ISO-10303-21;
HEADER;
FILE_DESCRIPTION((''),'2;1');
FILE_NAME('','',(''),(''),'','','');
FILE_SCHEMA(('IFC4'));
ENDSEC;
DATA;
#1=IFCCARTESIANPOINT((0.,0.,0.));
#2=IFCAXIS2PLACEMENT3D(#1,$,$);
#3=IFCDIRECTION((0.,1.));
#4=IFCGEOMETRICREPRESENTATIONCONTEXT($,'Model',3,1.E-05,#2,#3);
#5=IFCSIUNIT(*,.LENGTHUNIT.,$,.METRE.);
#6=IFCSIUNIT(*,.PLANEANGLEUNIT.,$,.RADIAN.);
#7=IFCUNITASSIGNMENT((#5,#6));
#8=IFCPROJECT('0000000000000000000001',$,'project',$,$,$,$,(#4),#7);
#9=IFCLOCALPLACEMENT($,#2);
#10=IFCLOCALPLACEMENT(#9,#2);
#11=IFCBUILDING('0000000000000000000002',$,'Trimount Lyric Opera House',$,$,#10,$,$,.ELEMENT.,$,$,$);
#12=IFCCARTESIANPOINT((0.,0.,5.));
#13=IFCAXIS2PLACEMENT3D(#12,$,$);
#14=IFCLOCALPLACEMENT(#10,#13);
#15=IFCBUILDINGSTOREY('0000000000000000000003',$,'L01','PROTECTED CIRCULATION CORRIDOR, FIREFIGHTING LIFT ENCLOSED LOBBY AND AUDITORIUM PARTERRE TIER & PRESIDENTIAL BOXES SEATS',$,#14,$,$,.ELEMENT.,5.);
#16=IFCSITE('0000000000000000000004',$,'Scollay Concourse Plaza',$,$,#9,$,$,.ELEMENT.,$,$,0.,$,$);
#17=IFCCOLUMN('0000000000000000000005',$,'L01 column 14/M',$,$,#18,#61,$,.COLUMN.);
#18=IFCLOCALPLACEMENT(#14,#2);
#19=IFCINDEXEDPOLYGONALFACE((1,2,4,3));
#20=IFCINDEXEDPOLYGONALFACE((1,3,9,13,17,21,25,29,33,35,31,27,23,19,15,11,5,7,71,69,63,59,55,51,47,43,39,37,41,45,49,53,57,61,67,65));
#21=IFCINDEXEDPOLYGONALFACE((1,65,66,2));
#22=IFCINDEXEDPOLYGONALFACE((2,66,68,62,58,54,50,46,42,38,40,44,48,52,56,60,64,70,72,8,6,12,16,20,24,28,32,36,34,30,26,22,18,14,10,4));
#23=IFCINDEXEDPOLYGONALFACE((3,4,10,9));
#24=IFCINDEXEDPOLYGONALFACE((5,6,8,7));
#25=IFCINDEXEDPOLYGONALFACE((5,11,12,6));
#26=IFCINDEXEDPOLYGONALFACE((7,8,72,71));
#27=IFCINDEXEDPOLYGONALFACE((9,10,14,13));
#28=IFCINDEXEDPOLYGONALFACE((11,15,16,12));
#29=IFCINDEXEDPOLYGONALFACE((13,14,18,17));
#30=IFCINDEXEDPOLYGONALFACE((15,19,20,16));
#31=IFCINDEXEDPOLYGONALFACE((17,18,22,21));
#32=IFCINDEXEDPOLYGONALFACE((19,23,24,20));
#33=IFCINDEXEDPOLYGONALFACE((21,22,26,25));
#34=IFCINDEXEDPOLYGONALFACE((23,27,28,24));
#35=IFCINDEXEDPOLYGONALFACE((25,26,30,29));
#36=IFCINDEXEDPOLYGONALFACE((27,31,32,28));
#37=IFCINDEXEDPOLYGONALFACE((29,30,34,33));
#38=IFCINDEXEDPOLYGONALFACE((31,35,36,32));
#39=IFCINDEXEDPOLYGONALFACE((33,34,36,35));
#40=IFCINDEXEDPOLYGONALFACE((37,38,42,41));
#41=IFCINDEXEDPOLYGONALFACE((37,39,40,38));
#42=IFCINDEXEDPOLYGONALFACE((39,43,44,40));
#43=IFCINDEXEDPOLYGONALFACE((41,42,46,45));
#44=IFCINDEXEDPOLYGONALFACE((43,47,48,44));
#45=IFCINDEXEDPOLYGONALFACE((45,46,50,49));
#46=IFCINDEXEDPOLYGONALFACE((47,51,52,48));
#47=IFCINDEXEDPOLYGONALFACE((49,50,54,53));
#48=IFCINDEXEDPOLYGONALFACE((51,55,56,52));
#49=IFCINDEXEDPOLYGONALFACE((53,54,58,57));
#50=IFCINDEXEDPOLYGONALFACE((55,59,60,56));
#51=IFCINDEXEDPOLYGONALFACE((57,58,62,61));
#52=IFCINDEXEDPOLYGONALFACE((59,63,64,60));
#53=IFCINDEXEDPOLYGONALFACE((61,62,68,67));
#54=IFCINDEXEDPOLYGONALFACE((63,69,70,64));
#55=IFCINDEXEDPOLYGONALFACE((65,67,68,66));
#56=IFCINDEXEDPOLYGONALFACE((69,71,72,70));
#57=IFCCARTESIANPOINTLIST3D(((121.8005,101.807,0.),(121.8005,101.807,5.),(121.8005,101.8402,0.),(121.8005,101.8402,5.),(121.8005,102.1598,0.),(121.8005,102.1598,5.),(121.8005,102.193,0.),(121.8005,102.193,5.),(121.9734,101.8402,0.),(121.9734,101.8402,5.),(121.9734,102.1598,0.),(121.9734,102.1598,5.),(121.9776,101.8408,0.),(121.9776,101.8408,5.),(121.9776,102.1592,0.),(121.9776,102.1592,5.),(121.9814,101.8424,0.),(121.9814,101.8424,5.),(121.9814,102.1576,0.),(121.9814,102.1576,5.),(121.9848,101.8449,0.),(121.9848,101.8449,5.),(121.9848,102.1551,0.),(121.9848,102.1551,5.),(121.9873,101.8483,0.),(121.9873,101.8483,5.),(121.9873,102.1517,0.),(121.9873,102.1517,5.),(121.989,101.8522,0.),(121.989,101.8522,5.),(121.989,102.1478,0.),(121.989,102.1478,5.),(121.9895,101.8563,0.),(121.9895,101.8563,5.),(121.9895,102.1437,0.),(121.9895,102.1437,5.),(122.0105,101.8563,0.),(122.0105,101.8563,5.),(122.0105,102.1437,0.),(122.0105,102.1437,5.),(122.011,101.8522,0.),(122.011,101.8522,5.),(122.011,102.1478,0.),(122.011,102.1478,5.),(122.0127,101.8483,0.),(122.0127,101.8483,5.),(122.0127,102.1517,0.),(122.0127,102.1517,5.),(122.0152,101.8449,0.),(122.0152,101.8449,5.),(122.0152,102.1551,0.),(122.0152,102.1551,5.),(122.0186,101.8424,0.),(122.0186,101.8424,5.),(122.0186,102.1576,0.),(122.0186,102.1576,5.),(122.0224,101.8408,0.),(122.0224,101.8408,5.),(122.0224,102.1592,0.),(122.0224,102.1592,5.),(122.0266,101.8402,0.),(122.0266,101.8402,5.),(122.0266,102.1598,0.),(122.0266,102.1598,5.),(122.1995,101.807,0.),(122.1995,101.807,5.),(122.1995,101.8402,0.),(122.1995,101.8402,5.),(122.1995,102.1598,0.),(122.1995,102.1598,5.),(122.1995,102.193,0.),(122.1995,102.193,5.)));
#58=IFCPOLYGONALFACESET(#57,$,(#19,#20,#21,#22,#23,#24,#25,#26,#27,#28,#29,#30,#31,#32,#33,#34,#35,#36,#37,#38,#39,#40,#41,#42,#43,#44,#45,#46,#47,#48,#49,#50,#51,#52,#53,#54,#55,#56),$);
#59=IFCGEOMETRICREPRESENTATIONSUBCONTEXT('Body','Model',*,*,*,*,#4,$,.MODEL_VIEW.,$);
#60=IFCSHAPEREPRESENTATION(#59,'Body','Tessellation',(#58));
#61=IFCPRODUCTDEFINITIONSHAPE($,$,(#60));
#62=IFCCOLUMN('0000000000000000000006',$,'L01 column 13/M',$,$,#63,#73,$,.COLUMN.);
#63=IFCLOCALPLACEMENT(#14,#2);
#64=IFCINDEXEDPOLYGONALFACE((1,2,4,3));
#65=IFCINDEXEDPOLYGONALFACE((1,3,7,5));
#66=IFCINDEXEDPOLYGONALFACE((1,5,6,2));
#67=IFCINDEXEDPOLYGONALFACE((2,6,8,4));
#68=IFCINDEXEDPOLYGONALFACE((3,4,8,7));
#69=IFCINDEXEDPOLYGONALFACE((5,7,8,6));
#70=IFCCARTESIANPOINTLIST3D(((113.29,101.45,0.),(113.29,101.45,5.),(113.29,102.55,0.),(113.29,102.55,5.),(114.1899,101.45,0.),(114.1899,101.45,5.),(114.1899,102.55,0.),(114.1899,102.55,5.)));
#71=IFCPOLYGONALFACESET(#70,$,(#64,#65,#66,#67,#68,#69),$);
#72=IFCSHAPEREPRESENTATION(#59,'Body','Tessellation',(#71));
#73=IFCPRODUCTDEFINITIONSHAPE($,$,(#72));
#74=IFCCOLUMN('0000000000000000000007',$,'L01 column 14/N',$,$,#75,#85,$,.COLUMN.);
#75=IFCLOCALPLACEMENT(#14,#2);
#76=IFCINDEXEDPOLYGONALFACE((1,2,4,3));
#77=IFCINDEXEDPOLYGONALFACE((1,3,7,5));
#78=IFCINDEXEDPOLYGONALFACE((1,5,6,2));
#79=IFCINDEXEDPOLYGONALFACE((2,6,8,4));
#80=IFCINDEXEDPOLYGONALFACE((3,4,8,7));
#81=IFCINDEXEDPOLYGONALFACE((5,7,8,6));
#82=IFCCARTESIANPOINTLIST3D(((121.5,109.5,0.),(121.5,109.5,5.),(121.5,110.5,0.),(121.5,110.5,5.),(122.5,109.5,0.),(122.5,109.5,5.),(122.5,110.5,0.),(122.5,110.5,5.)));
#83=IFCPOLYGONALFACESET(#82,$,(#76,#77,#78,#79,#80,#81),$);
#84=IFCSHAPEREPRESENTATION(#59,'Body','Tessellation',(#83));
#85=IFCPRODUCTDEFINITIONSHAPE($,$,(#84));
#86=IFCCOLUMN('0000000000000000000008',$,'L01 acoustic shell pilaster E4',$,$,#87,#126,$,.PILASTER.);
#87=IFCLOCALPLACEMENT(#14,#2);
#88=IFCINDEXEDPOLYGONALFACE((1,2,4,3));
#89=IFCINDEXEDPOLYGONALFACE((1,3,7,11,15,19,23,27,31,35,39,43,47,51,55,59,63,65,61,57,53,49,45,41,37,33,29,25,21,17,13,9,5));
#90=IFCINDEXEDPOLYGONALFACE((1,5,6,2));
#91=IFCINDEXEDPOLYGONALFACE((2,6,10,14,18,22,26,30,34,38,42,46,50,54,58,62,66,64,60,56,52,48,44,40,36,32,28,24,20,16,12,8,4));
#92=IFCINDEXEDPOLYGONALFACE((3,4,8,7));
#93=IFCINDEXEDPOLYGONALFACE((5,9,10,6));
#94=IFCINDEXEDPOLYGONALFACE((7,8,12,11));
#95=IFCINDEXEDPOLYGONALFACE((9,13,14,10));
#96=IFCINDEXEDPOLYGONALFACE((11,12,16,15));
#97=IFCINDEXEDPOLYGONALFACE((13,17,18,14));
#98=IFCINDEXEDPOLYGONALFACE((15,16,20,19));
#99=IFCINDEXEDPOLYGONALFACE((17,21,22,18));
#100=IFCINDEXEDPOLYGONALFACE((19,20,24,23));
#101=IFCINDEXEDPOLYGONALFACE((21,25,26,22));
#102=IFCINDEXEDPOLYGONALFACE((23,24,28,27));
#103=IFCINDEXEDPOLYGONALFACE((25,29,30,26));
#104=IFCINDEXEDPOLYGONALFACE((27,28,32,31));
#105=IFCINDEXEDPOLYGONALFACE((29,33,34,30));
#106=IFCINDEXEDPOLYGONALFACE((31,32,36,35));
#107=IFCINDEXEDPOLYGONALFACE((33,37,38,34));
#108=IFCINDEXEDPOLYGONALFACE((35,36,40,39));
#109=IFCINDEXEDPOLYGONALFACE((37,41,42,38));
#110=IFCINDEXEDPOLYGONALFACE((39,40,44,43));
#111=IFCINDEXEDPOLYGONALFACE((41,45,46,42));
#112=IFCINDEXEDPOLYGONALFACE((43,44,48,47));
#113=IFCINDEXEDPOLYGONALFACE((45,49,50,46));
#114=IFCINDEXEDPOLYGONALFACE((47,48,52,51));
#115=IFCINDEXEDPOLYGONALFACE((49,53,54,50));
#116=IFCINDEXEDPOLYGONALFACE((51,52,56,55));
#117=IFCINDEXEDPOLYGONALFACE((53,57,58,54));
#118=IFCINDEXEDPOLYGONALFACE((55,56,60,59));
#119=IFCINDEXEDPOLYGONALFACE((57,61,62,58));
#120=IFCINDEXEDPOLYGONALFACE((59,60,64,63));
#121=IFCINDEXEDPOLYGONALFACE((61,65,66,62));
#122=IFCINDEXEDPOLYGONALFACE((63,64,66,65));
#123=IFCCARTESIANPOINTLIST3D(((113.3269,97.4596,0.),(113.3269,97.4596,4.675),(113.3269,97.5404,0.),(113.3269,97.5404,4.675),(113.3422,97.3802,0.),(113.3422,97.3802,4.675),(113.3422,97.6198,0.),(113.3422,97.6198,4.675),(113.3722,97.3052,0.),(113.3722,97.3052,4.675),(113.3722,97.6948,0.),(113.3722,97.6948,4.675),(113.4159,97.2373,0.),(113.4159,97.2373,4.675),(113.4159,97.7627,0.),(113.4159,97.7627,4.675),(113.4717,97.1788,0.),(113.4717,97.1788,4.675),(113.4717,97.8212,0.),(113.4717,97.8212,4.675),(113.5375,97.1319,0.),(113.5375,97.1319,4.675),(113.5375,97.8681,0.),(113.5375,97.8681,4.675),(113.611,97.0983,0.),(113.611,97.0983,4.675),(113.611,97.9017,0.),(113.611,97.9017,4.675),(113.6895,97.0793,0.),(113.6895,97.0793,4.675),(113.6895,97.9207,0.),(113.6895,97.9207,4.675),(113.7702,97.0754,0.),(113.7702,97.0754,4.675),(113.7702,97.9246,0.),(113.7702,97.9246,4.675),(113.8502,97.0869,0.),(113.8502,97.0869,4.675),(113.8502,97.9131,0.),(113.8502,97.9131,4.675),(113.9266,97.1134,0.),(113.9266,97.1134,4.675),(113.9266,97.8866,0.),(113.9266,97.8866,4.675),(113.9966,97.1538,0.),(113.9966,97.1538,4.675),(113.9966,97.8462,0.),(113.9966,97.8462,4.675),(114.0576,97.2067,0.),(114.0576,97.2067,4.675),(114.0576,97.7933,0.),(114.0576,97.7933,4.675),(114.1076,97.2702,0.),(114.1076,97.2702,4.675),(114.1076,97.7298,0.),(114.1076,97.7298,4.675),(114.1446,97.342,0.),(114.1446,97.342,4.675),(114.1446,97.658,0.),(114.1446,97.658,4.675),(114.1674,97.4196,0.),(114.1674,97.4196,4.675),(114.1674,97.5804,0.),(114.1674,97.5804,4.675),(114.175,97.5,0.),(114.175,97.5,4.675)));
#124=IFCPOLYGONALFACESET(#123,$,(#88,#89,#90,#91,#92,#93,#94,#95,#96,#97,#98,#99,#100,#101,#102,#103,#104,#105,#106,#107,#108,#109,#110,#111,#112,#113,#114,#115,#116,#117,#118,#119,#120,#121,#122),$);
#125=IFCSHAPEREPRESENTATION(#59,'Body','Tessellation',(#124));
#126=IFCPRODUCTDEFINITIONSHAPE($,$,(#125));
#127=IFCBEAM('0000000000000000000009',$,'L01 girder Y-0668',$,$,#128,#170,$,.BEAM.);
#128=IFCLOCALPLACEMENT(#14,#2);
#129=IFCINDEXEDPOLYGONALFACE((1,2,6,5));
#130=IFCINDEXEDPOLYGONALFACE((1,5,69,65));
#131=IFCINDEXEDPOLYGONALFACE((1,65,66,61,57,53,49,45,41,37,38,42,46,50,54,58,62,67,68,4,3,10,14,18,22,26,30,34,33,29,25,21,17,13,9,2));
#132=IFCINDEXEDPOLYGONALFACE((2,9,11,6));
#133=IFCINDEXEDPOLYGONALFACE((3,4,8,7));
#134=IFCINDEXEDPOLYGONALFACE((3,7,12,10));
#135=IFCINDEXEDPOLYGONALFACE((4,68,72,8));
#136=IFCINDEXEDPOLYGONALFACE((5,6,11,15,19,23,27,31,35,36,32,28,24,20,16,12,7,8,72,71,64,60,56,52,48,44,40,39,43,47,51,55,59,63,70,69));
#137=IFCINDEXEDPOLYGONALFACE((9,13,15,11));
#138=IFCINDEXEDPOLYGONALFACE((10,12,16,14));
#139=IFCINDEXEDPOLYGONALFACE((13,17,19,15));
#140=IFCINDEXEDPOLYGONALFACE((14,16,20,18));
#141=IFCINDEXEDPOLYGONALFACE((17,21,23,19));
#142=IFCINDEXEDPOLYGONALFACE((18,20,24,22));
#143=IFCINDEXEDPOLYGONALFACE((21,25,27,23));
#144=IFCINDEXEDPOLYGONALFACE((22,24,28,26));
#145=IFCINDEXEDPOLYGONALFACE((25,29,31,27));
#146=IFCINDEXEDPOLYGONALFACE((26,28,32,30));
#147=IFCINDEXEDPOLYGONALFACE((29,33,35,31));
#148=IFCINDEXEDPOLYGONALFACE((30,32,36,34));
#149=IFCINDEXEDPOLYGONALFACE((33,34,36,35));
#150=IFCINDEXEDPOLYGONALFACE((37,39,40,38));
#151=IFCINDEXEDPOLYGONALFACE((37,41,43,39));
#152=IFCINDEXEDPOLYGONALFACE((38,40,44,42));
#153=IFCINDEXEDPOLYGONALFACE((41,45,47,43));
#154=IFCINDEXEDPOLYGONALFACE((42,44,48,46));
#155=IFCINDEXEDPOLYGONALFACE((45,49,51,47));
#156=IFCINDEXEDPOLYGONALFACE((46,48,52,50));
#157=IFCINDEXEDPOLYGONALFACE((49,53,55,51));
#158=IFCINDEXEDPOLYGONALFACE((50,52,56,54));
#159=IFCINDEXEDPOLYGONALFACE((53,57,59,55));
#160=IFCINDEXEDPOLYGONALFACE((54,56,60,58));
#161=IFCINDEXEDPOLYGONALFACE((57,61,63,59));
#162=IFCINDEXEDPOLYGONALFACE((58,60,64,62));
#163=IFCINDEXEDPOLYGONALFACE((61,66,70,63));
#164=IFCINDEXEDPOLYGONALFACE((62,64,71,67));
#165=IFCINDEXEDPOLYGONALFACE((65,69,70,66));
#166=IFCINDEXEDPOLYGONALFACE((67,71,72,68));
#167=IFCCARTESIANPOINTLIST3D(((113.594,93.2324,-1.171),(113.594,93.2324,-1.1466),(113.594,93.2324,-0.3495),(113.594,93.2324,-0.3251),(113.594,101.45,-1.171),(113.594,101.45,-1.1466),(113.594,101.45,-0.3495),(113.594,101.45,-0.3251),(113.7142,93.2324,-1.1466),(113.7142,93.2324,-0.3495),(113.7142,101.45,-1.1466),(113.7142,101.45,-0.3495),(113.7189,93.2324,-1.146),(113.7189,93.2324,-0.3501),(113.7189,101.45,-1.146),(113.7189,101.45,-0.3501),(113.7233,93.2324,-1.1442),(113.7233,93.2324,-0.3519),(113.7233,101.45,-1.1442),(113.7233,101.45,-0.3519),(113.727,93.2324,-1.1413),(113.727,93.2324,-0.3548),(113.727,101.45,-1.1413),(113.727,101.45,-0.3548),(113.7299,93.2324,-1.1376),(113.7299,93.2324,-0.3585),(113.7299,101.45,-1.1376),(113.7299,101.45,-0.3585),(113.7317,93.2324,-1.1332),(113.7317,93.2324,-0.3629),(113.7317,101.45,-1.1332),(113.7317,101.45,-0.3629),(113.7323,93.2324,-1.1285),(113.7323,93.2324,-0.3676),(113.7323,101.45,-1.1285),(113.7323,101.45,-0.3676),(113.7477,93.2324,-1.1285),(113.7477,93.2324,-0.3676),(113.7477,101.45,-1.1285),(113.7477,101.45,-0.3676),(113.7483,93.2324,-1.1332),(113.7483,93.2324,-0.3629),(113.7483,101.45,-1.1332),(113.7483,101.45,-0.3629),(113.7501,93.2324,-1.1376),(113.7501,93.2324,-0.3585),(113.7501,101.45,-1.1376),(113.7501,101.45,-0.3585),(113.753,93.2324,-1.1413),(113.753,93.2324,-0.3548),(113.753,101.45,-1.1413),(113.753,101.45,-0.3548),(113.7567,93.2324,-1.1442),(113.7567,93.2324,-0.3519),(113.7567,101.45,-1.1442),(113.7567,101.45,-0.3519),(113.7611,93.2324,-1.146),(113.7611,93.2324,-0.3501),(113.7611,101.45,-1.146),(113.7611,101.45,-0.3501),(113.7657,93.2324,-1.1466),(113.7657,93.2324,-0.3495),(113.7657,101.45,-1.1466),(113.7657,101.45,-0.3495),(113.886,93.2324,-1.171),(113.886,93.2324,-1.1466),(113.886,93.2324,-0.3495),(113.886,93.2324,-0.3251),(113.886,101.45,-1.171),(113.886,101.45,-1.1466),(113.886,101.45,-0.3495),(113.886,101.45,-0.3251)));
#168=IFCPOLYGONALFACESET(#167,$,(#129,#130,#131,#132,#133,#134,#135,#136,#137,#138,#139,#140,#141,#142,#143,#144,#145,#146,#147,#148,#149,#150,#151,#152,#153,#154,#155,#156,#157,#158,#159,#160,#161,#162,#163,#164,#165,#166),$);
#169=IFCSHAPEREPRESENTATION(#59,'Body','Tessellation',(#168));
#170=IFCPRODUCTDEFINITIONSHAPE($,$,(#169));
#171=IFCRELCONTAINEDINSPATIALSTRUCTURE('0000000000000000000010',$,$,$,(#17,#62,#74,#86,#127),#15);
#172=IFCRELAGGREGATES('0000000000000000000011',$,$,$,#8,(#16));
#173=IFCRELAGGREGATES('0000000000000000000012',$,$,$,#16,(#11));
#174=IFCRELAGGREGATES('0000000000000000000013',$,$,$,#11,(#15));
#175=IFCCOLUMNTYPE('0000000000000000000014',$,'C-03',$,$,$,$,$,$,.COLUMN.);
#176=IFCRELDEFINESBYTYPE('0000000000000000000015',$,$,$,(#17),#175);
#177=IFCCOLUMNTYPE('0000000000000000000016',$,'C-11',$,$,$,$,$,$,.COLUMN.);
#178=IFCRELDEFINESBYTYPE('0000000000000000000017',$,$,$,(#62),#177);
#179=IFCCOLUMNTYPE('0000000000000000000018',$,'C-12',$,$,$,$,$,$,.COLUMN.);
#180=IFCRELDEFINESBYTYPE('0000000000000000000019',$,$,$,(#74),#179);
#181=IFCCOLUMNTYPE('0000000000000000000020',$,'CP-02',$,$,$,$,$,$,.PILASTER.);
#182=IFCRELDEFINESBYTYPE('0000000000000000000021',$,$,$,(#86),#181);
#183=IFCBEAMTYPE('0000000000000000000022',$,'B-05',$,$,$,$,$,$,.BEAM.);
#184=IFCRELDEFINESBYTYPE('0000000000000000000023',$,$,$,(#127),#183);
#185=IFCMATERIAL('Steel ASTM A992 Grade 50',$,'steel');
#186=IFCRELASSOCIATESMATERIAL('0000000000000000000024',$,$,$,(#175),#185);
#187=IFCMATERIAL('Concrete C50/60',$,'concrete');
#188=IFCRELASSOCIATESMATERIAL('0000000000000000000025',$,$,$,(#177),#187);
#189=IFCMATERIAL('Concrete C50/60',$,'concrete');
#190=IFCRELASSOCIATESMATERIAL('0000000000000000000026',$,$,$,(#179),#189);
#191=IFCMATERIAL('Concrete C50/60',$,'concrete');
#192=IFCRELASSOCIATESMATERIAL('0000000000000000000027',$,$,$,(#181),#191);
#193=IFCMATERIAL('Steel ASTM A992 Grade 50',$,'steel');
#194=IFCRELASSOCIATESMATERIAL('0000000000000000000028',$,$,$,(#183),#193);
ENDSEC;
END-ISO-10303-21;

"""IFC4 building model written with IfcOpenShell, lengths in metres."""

from ifc_helpers import new_model, si_unit, direction, frame, origin, origin_2d, place, context, subcontext, project, spatial, rectangle, circle, i_section, extrude, material, material_profile, profile_set, type_object, element, save


model = new_model("IFC4")

# Units and contexts
model_context = context("Model", 3, precision=1e-05, world=origin(), true_north=direction((0.0, 1.0)))
body_context = subcontext(model_context, "Body", "Model", "MODEL_VIEW")
ifc_project = project(units=[si_unit("LENGTHUNIT", "METRE"), si_unit("PLANEANGLEUNIT", "RADIAN")], contexts=[model_context])

# Site, building, storey
site_placement = place(None, origin())
site = spatial("IfcSite", under=ifc_project, at=site_placement, Name="Scollay Concourse Plaza", CompositionType="ELEMENT", RefElevation=0.0)
building_placement = place(site_placement, origin())
building = spatial("IfcBuilding", under=site, at=building_placement, Name="Trimount Lyric Opera House", CompositionType="ELEMENT")
storey_placement = place(building_placement, frame((0.0, 0.0, 5.0)))
storey = spatial("IfcBuildingStorey", under=building, at=storey_placement, Name="L01", Description="PROTECTED CIRCULATION CORRIDOR, FIREFIGHTING LIFT ENCLOSED LOBBY AND AUDITORIUM PARTERRE TIER & PRESIDENTIAL BOXES SEATS", CompositionType="ELEMENT", Elevation=5.0)

# Columns
ifc_material_1 = material(Name="Steel ASTM A992 Grade 50", Category="steel")
ifc_material_profile_1 = material_profile(ifc_material_1, i_section(OverallWidth=0.3989, OverallDepth=0.386, WebThickness=0.021, FlangeThickness=0.0332, FilletRadius=0.0161, at=origin_2d()), Name="W14X176")
ifc_profile_set_1 = profile_set([ifc_material_profile_1], Name="Steel ASTM A992 Grade 50")
column_type_1 = type_object("IfcColumnType", Name="C-03", PredefinedType="COLUMN", material=ifc_profile_set_1)
column_1_placement = place(storey_placement, frame((122.0, 102.0, 0.0), z_axis=(0.0, 0.0, 1.0), x_axis=(1.0, 0.0, 0.0)))
element("IfcColumn", 1, at=column_1_placement, inside=storey, type_object=column_type_1, Name="L01 column 14/M", PredefinedType="COLUMN", context=body_context, shape_type="SweptSolid", body=[
    extrude(i_section(OverallWidth=0.3989, OverallDepth=0.386, WebThickness=0.021, FlangeThickness=0.0332, FilletRadius=0.0161, at=origin_2d()), origin(), (0.0, 0.0, 1.0), 5.0),
])
ifc_material_2 = material(Name="Concrete C50/60", Category="concrete")
ifc_material_profile_2 = material_profile(ifc_material_2, rectangle(XDim=0.8999, YDim=1.1001, at=origin_2d()), Name="RC1100X900")
ifc_profile_set_2 = profile_set([ifc_material_profile_2], Name="Concrete C50/60")
column_type_2 = type_object("IfcColumnType", Name="C-11", PredefinedType="COLUMN", material=ifc_profile_set_2)
column_2_placement = place(storey_placement, frame((113.74, 102.0, 0.0), z_axis=(0.0, 0.0, 1.0), x_axis=(1.0, 0.0, 0.0)))
element("IfcColumn", 2, at=column_2_placement, inside=storey, type_object=column_type_2, Name="L01 column 13/M", PredefinedType="COLUMN", context=body_context, shape_type="SweptSolid", body=[
    extrude(rectangle(XDim=0.8999, YDim=1.1001, at=origin_2d()), origin(), (0.0, 0.0, 1.0), 5.0),
])
ifc_material_3 = material(Name="Concrete C50/60", Category="concrete")
ifc_material_profile_3 = material_profile(ifc_material_3, rectangle(XDim=1.0, YDim=1.0, at=origin_2d()), Name="RC1000X1000")
ifc_profile_set_3 = profile_set([ifc_material_profile_3], Name="Concrete C50/60")
column_type_3 = type_object("IfcColumnType", Name="C-12", PredefinedType="COLUMN", material=ifc_profile_set_3)
column_3_placement = place(storey_placement, frame((122.0, 110.0, 0.0), z_axis=(0.0, 0.0, 1.0), x_axis=(1.0, 0.0, 0.0)))
element("IfcColumn", 3, at=column_3_placement, inside=storey, type_object=column_type_3, Name="L01 column 14/N", PredefinedType="COLUMN", context=body_context, shape_type="SweptSolid", body=[
    extrude(rectangle(XDim=1.0, YDim=1.0, at=origin_2d()), origin(), (0.0, 0.0, 1.0), 5.0),
])
ifc_material_4 = material(Name="Concrete C50/60", Category="concrete")
ifc_material_profile_4 = material_profile(ifc_material_4, circle(Radius=0.425, at=origin_2d()), Name="RC-D850")
ifc_profile_set_4 = profile_set([ifc_material_profile_4], Name="Concrete C50/60")
column_type_4 = type_object("IfcColumnType", Name="CP-02", PredefinedType="PILASTER", material=ifc_profile_set_4)
column_4_placement = place(storey_placement, frame((113.75, 97.5, 0.0), z_axis=(0.0, 0.0, 1.0), x_axis=(1.0, 0.0, 0.0)))
element("IfcColumn", 4, at=column_4_placement, inside=storey, type_object=column_type_4, Name="L01 acoustic shell pilaster E4", PredefinedType="PILASTER", context=body_context, shape_type="SweptSolid", body=[
    extrude(circle(Radius=0.425, at=origin_2d()), origin(), (0.0, 0.0, 1.0), 4.675),
])

# Beam
ifc_material_5 = material(Name="Steel ASTM A992 Grade 50", Category="steel")
ifc_material_profile_5 = material_profile(ifc_material_5, i_section(OverallWidth=0.292, OverallDepth=0.8459, WebThickness=0.0154, FlangeThickness=0.0244, FilletRadius=0.0181, at=origin_2d()), Name="W33X141")
ifc_profile_set_5 = profile_set([ifc_material_profile_5], Name="Steel ASTM A992 Grade 50")
beam_type_1 = type_object("IfcBeamType", Name="B-05", PredefinedType="BEAM", material=ifc_profile_set_5)
beam_1_placement = place(storey_placement, frame((113.74, 93.2324, -0.748), z_axis=(0.0, 1.0, 0.0), x_axis=(-1.0, 0.0, 0.0)))
element("IfcBeam", 5, at=beam_1_placement, inside=storey, type_object=beam_type_1, Name="L01 girder Y-0668", PredefinedType="BEAM", context=body_context, shape_type="SweptSolid", body=[
    extrude(i_section(OverallWidth=0.292, OverallDepth=0.8459, WebThickness=0.0154, FlangeThickness=0.0244, FilletRadius=0.0181, at=origin_2d()), origin(), (0.0, 0.0, 1.0), 8.2175),
])

save(model, "model.ifc")
